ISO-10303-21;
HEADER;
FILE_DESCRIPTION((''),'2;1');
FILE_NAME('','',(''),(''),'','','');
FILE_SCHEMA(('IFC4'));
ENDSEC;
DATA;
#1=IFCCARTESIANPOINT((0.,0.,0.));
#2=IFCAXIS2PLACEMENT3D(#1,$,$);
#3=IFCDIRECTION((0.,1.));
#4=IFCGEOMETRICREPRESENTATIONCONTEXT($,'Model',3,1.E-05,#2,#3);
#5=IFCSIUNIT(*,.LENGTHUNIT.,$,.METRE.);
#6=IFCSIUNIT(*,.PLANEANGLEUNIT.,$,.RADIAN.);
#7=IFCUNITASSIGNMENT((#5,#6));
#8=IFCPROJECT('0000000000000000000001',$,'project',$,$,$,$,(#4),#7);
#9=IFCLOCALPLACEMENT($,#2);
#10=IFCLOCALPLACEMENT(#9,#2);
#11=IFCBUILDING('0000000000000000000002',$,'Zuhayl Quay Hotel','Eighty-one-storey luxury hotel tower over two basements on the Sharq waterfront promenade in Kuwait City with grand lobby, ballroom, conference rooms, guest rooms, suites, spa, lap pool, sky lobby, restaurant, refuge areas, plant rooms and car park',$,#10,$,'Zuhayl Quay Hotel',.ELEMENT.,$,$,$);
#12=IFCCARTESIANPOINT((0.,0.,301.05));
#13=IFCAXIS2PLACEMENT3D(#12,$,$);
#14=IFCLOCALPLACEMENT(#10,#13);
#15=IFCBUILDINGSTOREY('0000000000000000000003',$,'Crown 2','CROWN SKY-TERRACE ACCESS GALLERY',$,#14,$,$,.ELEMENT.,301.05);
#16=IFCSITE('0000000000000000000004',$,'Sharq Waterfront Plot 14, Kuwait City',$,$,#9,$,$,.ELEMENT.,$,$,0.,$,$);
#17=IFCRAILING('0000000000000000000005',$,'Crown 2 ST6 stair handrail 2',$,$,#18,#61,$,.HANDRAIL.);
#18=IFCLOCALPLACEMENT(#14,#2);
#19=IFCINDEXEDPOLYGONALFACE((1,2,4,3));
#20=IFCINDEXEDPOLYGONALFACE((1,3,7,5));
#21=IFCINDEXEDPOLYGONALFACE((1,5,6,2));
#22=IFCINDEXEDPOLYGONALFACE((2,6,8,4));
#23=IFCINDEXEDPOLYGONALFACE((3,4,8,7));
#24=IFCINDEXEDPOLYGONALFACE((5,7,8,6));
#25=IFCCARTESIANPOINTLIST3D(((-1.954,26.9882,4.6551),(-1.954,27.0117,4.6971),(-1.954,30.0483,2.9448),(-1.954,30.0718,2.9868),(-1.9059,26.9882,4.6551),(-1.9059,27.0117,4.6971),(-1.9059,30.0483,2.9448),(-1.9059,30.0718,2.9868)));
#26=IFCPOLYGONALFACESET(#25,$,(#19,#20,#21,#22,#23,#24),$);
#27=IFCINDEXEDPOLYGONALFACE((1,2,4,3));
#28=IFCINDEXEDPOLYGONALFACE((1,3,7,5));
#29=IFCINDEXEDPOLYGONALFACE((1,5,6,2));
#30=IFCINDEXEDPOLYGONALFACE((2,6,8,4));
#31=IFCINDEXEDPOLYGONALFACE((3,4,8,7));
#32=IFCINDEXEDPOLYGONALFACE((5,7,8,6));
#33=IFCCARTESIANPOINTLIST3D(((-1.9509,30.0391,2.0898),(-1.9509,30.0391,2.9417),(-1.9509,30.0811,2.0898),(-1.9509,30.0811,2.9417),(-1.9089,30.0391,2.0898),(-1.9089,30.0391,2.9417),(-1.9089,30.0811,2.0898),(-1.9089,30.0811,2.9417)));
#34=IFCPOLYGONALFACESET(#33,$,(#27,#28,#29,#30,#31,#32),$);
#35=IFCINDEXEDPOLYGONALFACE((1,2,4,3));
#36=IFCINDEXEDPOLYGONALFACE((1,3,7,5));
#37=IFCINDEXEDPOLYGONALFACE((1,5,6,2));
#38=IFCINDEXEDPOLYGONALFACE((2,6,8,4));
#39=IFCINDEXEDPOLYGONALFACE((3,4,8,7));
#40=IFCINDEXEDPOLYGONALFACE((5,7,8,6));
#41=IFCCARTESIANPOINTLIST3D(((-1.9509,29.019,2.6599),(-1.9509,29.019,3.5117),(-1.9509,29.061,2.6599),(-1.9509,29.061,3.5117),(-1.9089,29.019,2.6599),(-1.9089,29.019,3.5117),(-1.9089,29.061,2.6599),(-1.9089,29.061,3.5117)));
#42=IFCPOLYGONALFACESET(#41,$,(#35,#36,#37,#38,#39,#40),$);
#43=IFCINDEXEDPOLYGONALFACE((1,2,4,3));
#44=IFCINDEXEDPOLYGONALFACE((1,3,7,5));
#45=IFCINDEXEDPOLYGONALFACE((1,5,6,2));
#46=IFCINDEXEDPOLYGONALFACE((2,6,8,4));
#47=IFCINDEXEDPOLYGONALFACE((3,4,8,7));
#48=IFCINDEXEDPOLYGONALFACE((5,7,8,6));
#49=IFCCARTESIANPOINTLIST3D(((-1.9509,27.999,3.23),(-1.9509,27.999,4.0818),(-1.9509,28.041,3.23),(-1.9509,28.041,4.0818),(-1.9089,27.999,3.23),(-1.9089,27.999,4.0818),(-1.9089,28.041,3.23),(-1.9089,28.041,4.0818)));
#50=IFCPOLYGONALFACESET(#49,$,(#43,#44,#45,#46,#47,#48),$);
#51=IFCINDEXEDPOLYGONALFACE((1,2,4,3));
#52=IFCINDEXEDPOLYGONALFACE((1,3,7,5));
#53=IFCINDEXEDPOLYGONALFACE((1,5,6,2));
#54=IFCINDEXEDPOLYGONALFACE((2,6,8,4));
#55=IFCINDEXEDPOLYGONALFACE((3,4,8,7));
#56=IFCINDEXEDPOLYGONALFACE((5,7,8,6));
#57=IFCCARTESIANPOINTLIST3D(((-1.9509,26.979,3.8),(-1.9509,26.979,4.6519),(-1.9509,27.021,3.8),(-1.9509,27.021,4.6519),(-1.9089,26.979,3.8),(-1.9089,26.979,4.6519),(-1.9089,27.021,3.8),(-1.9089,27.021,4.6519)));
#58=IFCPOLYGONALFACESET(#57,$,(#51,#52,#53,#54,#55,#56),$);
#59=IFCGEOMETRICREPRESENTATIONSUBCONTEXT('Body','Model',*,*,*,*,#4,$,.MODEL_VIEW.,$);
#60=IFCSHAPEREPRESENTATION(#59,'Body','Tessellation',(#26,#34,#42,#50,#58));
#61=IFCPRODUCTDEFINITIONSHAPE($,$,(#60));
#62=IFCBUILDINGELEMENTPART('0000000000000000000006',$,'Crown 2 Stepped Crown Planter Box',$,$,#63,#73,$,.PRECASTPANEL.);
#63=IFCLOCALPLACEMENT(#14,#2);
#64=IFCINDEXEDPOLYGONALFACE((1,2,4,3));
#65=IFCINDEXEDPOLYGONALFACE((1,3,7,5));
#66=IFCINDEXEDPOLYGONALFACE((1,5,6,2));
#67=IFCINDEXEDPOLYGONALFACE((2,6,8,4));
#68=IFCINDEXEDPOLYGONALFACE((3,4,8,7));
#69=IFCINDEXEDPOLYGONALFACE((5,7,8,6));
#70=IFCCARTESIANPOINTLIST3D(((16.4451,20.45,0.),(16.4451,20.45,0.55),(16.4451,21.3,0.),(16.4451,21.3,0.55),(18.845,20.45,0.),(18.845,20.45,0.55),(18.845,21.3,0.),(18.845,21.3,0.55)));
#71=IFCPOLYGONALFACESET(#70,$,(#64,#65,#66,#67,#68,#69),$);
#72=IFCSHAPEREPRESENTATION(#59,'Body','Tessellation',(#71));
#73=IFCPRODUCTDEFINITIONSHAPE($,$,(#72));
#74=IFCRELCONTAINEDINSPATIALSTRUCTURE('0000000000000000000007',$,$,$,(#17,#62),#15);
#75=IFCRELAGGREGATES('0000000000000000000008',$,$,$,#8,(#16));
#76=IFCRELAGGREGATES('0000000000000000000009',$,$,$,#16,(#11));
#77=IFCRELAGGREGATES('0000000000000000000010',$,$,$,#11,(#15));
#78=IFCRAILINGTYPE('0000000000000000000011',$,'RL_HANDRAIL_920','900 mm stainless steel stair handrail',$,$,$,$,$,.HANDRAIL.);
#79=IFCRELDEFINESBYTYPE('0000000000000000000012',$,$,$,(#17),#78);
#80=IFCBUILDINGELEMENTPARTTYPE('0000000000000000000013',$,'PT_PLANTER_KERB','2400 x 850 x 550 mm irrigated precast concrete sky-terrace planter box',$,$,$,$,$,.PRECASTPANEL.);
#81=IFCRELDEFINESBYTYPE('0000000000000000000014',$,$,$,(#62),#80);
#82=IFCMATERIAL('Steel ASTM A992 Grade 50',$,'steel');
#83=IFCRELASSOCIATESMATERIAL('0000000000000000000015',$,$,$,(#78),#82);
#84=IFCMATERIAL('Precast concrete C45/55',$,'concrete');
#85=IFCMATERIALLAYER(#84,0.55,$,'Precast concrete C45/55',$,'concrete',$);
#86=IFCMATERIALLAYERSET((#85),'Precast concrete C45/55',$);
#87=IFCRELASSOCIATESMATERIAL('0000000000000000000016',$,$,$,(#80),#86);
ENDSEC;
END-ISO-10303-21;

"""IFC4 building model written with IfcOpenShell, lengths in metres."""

from ifc_helpers import new_model, si_unit, direction, frame, origin, origin_2d, place, context, subcontext, project, spatial, rectangle, extrude, material, layer, layer_set, type_object, element, save


model = new_model("IFC4")

# Units and contexts
model_context = context("Model", 3, precision=1e-05, world=origin(), true_north=direction((0.0, 1.0)))
body_context = subcontext(model_context, "Body", "Model", "MODEL_VIEW")
ifc_project = project(units=[si_unit("LENGTHUNIT", "METRE"), si_unit("PLANEANGLEUNIT", "RADIAN")], contexts=[model_context])

# Site, building, storey
site_placement = place(None, origin())
site = spatial("IfcSite", under=ifc_project, at=site_placement, Name="Sharq Waterfront Plot 14, Kuwait City", CompositionType="ELEMENT", RefElevation=0.0)
building_placement = place(site_placement, origin())
building = spatial("IfcBuilding", under=site, at=building_placement, Name="Zuhayl Quay Hotel", Description="Eighty-one-storey luxury hotel tower over two basements on the Sharq waterfront promenade in Kuwait City with grand lobby, ballroom, conference rooms, guest rooms, suites, spa, lap pool, sky lobby, restaurant, refuge areas, plant rooms and car park", LongName="Zuhayl Quay Hotel", CompositionType="ELEMENT")
storey_placement = place(building_placement, frame((0.0, 0.0, 301.05)))
storey = spatial("IfcBuildingStorey", under=building, at=storey_placement, Name="Crown 2", Description="CROWN SKY-TERRACE ACCESS GALLERY", CompositionType="ELEMENT", Elevation=301.05)

# Shared definitions
ifc_material_1 = material(Name="Precast concrete C45/55", Category="concrete")

# Railing
ifc_material_2 = material(Name="Steel ASTM A992 Grade 50", Category="steel")
railing_type_1 = type_object("IfcRailingType", Name="RL_HANDRAIL_920", Description="900 mm stainless steel stair handrail", PredefinedType="HANDRAIL", material=ifc_material_2)
railing_1_placement = place(storey_placement, frame((-1.9299, 30.0601, 2.0898)))
element("IfcRailing", 1, at=railing_1_placement, inside=storey, type_object=railing_type_1, Name="Crown 2 ST6 stair handrail 2", PredefinedType="HANDRAIL", context=body_context, shape_type="SweptSolid", body=[
    extrude(rectangle(XDim=0.0481, YDim=0.0481, at=origin_2d()), frame((0.0, 0.0, 0.876), z_axis=(0.0, -0.872923, 0.487859), x_axis=(1.0, 0.0, 0.0)), (0.0, 0.0, 1.0), 3.5056),
    extrude(rectangle(XDim=0.042, YDim=0.042, at=origin_2d()), origin(), (0.0, 0.0, 1.0), 0.8518),
    extrude(rectangle(XDim=0.042, YDim=0.042, at=origin_2d()), frame((0.0, -1.02, 0.5701)), (0.0, 0.0, 1.0), 0.8518),
    extrude(rectangle(XDim=0.042, YDim=0.042, at=origin_2d()), frame((0.0, -2.04, 1.1401)), (0.0, 0.0, 1.0), 0.8518),
    extrude(rectangle(XDim=0.042, YDim=0.042, at=origin_2d()), frame((0.0, -3.0601, 1.7102)), (0.0, 0.0, 1.0), 0.8518),
])

# Building element part
ifc_layer_1 = layer(ifc_material_1, 0.55, Name="Precast concrete C45/55", Category="concrete")
ifc_layer_set_1 = layer_set([ifc_layer_1], Name="Precast concrete C45/55")
building_element_part_type = type_object("IfcBuildingElementPartType", Name="PT_PLANTER_KERB", Description="2400 x 850 x 550 mm irrigated precast concrete sky-terrace planter box", PredefinedType="PRECASTPANEL", material=ifc_layer_set_1)
building_element_part_placement = place(storey_placement, frame((17.645, 20.875, 0.0), z_axis=(0.0, 0.0, 1.0), x_axis=(1.0, 0.0, 0.0)))
element("IfcBuildingElementPart", 2, at=building_element_part_placement, inside=storey, type_object=building_element_part_type, Name="Crown 2 Stepped Crown Planter Box", PredefinedType="PRECASTPANEL", context=body_context, shape_type="SweptSolid", body=[
    extrude(rectangle(XDim=2.3999, YDim=0.8501, at=origin_2d()), origin(), (0.0, 0.0, 1.0), 0.55),
])

save(model, "model.ifc")
